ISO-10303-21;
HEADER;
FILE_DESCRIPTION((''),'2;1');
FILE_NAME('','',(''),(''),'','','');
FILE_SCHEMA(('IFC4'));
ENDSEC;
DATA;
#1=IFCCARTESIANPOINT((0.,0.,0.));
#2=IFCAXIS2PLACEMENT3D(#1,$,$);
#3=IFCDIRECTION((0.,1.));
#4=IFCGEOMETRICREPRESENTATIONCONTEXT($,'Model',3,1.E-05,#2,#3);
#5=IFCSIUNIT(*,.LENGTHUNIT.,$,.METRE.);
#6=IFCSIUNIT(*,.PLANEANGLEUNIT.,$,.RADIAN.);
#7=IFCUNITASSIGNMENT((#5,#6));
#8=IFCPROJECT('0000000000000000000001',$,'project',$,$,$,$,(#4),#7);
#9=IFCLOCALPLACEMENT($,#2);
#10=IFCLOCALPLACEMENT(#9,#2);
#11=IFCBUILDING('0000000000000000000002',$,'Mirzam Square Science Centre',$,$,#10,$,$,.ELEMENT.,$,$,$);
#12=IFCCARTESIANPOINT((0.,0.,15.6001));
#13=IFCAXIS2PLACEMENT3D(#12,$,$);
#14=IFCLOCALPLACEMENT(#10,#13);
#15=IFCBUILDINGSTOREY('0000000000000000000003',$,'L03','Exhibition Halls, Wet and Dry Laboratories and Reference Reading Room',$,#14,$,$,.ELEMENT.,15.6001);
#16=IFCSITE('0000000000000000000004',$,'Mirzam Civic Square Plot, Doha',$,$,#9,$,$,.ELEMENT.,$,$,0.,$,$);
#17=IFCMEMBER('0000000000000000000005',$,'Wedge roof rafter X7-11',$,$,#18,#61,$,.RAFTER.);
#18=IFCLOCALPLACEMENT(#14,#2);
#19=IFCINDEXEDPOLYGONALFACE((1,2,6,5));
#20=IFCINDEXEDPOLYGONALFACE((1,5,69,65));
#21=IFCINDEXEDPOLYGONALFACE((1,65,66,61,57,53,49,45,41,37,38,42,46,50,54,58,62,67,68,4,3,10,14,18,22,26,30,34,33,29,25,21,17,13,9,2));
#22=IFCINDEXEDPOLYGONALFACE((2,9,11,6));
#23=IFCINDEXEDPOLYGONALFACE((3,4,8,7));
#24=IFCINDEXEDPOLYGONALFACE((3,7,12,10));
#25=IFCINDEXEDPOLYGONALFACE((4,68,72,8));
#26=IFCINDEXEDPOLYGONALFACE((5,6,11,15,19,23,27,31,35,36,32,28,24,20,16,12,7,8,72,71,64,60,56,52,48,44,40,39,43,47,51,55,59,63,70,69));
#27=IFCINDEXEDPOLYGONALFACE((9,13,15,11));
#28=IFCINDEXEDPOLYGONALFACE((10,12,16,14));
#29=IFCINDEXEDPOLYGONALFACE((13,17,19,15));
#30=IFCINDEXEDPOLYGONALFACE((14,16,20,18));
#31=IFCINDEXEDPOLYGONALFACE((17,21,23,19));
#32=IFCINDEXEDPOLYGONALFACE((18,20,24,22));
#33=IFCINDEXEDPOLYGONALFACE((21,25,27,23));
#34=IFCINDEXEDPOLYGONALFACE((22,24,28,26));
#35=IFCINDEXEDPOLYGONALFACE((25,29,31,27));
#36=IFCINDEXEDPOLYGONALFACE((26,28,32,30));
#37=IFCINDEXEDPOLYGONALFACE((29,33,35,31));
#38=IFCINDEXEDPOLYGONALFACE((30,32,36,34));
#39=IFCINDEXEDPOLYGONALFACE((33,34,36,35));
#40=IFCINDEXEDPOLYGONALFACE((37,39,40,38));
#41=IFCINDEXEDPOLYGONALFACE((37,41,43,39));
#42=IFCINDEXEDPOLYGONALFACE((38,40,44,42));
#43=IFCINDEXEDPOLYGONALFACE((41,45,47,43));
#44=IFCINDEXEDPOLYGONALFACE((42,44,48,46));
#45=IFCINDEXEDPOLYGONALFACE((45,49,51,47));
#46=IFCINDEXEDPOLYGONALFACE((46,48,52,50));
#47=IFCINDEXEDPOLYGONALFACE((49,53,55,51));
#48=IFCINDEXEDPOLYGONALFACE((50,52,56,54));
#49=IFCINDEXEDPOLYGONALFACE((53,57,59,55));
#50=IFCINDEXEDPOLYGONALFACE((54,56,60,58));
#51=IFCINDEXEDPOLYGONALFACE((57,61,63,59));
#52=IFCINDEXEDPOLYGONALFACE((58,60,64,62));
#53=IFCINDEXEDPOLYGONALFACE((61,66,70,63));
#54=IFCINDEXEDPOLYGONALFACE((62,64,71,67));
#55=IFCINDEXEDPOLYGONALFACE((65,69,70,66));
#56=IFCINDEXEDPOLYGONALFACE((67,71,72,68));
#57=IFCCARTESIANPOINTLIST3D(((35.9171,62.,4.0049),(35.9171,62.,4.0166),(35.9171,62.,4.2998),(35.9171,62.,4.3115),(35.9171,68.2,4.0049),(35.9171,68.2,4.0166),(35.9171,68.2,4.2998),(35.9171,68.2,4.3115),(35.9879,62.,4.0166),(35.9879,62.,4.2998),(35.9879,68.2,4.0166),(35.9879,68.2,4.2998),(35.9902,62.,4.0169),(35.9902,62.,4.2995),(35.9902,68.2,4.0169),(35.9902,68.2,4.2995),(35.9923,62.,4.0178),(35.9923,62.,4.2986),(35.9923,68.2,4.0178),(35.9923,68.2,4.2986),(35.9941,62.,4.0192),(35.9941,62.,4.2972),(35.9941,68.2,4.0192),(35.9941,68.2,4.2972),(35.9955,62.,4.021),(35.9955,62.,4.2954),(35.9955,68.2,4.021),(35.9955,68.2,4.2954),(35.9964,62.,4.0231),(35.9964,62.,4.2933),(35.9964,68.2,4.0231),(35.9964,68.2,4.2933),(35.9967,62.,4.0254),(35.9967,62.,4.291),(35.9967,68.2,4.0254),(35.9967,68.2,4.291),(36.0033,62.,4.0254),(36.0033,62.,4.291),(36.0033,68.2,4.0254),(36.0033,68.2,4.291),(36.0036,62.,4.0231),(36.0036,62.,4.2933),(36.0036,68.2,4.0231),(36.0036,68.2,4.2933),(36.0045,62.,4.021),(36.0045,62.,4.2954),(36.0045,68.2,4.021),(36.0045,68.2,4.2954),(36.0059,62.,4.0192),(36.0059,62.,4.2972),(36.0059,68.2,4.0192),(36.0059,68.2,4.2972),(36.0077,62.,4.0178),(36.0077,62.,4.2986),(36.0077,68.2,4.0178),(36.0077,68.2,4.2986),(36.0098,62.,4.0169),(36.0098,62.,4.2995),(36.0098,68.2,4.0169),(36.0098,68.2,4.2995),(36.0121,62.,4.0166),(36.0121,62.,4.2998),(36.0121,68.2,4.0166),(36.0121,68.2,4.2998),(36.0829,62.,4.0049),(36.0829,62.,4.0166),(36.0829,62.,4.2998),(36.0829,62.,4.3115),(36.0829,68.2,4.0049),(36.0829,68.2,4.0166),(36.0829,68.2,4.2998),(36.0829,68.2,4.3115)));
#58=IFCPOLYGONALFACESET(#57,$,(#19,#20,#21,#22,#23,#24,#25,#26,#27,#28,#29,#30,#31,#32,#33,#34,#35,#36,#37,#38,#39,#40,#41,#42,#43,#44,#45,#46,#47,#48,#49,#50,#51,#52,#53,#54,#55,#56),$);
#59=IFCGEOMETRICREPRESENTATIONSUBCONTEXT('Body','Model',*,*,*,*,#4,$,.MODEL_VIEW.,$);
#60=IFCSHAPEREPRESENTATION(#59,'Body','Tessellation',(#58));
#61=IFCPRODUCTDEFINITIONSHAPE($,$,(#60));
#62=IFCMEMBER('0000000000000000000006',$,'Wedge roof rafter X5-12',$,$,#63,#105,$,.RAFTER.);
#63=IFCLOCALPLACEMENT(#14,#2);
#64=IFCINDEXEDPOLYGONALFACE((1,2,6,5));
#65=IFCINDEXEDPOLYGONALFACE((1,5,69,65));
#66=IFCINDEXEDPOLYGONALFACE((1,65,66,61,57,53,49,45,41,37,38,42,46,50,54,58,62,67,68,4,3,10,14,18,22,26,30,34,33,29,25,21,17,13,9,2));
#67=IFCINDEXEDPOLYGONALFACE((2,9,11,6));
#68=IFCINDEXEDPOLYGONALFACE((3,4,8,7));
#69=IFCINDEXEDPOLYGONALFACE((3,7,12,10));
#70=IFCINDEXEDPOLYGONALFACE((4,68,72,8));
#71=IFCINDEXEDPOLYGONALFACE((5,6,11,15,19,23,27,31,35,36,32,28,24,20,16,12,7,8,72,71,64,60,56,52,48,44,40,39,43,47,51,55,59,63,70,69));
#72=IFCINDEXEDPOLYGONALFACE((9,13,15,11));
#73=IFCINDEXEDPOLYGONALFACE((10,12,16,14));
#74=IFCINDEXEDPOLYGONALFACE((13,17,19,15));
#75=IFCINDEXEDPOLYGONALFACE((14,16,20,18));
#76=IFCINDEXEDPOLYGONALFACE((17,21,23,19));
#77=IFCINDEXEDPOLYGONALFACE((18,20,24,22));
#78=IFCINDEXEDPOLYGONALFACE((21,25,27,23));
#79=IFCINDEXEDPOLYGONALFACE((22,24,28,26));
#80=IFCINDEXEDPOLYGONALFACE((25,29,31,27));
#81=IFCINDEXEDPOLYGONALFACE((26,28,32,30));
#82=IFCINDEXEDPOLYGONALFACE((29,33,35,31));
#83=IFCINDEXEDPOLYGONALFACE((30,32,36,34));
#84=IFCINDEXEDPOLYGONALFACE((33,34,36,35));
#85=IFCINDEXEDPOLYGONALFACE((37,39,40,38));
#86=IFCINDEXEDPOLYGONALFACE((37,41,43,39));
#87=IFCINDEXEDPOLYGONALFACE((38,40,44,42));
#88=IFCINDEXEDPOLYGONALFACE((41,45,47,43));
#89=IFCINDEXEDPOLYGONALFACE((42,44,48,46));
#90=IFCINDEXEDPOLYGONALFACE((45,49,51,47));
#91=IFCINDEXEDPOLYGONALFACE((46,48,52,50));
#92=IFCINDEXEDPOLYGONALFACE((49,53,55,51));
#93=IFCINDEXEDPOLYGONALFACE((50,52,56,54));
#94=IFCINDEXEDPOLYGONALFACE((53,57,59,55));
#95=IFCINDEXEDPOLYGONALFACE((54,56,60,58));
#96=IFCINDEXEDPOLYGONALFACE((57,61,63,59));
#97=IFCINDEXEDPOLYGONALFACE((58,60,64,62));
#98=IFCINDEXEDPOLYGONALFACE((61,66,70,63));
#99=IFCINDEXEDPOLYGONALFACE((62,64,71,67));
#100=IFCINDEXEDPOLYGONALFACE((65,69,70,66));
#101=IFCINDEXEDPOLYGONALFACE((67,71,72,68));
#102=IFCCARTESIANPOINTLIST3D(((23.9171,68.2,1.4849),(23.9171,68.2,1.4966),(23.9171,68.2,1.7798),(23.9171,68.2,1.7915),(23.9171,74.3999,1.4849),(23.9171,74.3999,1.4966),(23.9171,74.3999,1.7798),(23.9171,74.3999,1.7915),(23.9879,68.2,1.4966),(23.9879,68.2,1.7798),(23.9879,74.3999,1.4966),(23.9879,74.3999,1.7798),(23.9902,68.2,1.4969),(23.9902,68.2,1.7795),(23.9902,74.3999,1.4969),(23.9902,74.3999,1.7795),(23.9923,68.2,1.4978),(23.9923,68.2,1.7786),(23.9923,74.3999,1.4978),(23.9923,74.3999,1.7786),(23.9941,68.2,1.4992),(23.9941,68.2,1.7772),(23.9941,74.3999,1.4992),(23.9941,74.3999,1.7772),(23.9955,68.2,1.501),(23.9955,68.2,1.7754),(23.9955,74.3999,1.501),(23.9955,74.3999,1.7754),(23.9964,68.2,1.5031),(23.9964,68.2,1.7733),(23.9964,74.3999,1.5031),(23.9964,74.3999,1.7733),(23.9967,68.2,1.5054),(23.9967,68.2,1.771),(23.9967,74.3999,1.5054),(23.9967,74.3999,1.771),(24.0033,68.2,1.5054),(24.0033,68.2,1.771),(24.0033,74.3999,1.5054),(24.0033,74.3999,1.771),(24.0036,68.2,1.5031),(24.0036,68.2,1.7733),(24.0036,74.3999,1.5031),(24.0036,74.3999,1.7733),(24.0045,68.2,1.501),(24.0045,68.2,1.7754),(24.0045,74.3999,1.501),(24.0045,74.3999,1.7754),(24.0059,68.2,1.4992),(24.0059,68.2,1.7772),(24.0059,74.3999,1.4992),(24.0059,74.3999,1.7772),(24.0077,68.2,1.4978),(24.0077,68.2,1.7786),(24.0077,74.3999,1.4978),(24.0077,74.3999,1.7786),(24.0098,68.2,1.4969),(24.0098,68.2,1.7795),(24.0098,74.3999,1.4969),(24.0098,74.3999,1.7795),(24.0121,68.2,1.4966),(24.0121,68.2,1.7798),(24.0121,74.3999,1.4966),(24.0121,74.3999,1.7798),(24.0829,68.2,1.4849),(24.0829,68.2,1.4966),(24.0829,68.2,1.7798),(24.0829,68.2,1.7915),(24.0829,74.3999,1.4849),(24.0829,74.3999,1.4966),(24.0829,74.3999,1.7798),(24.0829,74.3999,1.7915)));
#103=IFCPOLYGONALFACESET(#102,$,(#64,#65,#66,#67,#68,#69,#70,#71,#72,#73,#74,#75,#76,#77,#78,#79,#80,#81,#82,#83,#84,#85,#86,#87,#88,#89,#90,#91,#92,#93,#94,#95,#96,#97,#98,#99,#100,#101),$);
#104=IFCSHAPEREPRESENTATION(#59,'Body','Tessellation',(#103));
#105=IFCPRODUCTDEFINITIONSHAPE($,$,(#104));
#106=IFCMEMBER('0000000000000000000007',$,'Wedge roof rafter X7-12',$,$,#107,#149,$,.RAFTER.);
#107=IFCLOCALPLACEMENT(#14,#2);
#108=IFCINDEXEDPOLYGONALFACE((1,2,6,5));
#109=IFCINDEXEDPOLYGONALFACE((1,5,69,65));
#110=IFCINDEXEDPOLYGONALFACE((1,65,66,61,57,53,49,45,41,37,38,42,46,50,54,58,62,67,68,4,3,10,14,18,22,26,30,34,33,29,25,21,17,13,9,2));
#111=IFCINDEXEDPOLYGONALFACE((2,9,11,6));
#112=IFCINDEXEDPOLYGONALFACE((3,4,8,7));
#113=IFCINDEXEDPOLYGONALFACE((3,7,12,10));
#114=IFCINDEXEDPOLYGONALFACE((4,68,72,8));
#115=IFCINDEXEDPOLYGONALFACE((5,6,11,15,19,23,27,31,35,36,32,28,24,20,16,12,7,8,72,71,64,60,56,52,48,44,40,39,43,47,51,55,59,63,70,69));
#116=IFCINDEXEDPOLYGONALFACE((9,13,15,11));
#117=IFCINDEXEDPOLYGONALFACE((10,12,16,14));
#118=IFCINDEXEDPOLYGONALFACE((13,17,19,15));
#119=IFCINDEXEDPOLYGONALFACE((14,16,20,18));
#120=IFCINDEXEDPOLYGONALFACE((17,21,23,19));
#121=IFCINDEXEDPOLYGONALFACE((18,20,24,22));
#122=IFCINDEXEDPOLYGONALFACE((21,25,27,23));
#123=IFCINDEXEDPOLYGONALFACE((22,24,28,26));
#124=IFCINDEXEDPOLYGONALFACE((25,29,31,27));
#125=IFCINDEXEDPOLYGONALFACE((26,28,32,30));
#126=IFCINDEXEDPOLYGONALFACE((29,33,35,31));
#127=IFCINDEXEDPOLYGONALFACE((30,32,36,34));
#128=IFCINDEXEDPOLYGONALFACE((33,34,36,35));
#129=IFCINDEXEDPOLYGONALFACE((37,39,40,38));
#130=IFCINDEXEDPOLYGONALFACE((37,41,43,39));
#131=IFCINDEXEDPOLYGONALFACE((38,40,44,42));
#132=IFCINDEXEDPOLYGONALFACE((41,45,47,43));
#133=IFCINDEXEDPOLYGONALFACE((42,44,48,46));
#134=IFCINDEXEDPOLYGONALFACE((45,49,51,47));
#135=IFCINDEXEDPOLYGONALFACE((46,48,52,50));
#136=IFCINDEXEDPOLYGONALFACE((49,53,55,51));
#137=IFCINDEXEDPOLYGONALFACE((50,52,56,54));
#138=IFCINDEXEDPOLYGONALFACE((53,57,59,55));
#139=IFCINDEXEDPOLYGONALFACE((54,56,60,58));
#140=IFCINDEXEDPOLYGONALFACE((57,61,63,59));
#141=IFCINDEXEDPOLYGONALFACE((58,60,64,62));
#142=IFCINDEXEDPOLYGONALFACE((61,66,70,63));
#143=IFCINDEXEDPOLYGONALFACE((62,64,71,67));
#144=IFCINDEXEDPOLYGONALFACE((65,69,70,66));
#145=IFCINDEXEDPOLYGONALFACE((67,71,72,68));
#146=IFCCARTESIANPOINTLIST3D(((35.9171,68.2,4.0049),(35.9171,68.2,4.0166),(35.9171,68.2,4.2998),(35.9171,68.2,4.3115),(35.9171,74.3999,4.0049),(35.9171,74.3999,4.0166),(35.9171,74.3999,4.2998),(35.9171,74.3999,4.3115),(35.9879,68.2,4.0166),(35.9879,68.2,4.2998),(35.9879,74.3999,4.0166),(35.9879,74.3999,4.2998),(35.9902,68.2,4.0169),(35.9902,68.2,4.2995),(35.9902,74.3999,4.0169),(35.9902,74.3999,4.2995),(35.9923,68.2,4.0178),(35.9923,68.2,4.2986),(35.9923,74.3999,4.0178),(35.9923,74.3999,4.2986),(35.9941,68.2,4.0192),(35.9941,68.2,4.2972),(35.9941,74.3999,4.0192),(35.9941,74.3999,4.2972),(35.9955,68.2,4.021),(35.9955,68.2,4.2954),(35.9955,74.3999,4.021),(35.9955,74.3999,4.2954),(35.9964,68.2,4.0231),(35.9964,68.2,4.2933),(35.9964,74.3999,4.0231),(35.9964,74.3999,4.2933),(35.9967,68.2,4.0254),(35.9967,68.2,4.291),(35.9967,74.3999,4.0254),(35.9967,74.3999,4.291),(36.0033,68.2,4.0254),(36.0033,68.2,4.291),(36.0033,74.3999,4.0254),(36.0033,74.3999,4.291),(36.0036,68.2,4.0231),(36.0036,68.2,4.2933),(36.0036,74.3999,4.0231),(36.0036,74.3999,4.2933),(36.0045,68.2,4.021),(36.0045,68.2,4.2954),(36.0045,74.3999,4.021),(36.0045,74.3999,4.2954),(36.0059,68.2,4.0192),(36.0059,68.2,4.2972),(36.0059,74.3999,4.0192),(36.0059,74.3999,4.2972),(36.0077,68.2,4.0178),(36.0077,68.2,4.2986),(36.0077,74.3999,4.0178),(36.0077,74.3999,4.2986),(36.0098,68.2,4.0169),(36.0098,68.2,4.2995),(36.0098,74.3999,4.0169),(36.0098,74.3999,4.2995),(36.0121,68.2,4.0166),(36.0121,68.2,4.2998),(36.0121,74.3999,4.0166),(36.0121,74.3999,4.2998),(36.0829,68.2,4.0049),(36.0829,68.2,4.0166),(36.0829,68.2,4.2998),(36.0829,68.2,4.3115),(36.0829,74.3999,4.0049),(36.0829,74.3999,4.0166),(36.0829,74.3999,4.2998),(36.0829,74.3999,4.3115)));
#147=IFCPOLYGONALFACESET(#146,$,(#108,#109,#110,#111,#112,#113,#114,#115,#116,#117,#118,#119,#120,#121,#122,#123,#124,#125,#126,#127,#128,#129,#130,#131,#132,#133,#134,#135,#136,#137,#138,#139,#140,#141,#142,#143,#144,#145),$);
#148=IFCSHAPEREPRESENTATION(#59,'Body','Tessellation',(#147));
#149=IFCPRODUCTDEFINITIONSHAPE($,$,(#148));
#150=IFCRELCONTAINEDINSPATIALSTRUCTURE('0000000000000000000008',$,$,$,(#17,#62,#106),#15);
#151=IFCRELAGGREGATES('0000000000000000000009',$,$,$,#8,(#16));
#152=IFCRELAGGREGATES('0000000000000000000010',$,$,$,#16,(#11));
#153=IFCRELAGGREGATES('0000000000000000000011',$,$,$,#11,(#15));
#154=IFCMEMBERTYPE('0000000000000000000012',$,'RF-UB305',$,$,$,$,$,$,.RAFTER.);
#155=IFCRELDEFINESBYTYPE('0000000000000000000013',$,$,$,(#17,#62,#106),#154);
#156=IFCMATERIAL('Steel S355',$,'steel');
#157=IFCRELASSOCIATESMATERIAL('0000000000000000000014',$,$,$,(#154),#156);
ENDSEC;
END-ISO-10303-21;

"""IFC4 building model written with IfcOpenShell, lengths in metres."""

from ifc_helpers import new_model, si_unit, direction, frame, origin, origin_2d, place, context, subcontext, project, spatial, i_section, extrude, material, material_profile, profile_set, type_object, element, save


model = new_model("IFC4")

# Units and contexts
model_context = context("Model", 3, precision=1e-05, world=origin(), true_north=direction((0.0, 1.0)))
body_context = subcontext(model_context, "Body", "Model", "MODEL_VIEW")
ifc_project = project(units=[si_unit("LENGTHUNIT", "METRE"), si_unit("PLANEANGLEUNIT", "RADIAN")], contexts=[model_context])

# Site, building, storey
site_placement = place(None, origin())
site = spatial("IfcSite", under=ifc_project, at=site_placement, Name="Mirzam Civic Square Plot, Doha", CompositionType="ELEMENT", RefElevation=0.0)
building_placement = place(site_placement, origin())
building = spatial("IfcBuilding", under=site, at=building_placement, Name="Mirzam Square Science Centre", CompositionType="ELEMENT")
storey_placement = place(building_placement, frame((0.0, 0.0, 15.6001)))
storey = spatial("IfcBuildingStorey", under=building, at=storey_placement, Name="L03", Description="Exhibition Halls, Wet and Dry Laboratories and Reference Reading Room", CompositionType="ELEMENT", Elevation=15.6001)

# Shared definitions
ifc_material_1 = material(Name="Steel S355", Category="steel")

# Members
ifc_material_profile_1 = material_profile(ifc_material_1, i_section(OverallWidth=0.1658, OverallDepth=0.3066, WebThickness=0.0066, FlangeThickness=0.0117, FilletRadius=0.0088, at=origin_2d()), Name="305x165x46UB")
ifc_profile_set_1 = profile_set([ifc_material_profile_1], Name="Steel S355")
member_type_1 = type_object("IfcMemberType", Name="RF-UB305", PredefinedType="RAFTER", material=ifc_profile_set_1)
for number, where, z_axis, x_axis, name in (
    (1, (36.0, 62.0, 4.1582), (0.0, 1.0, 0.0), (-1.0, 0.0, 0.0), "Wedge roof rafter X7-11"),
    (2, (24.0, 68.2, 1.6382), (0.0, 1.0, 0.0), (-1.0, 0.0, 0.0), "Wedge roof rafter X5-12"),
    (3, (36.0, 68.2, 4.1582), (0.0, 1.0, 0.0), (-1.0, 0.0, 0.0), "Wedge roof rafter X7-12"),
):
    element("IfcMember", number, at=place(storey_placement, frame(where, z_axis=z_axis, x_axis=x_axis)), inside=storey, type_object=member_type_1, Name=name, PredefinedType="RAFTER", context=body_context, shape_type="SweptSolid", body=[
        extrude(i_section(OverallWidth=0.1658, OverallDepth=0.3066, WebThickness=0.0066, FlangeThickness=0.0117, FilletRadius=0.0088, at=origin_2d()), origin(), (0.0, 0.0, 1.0), 6.2),
    ])

save(model, "model.ifc")
